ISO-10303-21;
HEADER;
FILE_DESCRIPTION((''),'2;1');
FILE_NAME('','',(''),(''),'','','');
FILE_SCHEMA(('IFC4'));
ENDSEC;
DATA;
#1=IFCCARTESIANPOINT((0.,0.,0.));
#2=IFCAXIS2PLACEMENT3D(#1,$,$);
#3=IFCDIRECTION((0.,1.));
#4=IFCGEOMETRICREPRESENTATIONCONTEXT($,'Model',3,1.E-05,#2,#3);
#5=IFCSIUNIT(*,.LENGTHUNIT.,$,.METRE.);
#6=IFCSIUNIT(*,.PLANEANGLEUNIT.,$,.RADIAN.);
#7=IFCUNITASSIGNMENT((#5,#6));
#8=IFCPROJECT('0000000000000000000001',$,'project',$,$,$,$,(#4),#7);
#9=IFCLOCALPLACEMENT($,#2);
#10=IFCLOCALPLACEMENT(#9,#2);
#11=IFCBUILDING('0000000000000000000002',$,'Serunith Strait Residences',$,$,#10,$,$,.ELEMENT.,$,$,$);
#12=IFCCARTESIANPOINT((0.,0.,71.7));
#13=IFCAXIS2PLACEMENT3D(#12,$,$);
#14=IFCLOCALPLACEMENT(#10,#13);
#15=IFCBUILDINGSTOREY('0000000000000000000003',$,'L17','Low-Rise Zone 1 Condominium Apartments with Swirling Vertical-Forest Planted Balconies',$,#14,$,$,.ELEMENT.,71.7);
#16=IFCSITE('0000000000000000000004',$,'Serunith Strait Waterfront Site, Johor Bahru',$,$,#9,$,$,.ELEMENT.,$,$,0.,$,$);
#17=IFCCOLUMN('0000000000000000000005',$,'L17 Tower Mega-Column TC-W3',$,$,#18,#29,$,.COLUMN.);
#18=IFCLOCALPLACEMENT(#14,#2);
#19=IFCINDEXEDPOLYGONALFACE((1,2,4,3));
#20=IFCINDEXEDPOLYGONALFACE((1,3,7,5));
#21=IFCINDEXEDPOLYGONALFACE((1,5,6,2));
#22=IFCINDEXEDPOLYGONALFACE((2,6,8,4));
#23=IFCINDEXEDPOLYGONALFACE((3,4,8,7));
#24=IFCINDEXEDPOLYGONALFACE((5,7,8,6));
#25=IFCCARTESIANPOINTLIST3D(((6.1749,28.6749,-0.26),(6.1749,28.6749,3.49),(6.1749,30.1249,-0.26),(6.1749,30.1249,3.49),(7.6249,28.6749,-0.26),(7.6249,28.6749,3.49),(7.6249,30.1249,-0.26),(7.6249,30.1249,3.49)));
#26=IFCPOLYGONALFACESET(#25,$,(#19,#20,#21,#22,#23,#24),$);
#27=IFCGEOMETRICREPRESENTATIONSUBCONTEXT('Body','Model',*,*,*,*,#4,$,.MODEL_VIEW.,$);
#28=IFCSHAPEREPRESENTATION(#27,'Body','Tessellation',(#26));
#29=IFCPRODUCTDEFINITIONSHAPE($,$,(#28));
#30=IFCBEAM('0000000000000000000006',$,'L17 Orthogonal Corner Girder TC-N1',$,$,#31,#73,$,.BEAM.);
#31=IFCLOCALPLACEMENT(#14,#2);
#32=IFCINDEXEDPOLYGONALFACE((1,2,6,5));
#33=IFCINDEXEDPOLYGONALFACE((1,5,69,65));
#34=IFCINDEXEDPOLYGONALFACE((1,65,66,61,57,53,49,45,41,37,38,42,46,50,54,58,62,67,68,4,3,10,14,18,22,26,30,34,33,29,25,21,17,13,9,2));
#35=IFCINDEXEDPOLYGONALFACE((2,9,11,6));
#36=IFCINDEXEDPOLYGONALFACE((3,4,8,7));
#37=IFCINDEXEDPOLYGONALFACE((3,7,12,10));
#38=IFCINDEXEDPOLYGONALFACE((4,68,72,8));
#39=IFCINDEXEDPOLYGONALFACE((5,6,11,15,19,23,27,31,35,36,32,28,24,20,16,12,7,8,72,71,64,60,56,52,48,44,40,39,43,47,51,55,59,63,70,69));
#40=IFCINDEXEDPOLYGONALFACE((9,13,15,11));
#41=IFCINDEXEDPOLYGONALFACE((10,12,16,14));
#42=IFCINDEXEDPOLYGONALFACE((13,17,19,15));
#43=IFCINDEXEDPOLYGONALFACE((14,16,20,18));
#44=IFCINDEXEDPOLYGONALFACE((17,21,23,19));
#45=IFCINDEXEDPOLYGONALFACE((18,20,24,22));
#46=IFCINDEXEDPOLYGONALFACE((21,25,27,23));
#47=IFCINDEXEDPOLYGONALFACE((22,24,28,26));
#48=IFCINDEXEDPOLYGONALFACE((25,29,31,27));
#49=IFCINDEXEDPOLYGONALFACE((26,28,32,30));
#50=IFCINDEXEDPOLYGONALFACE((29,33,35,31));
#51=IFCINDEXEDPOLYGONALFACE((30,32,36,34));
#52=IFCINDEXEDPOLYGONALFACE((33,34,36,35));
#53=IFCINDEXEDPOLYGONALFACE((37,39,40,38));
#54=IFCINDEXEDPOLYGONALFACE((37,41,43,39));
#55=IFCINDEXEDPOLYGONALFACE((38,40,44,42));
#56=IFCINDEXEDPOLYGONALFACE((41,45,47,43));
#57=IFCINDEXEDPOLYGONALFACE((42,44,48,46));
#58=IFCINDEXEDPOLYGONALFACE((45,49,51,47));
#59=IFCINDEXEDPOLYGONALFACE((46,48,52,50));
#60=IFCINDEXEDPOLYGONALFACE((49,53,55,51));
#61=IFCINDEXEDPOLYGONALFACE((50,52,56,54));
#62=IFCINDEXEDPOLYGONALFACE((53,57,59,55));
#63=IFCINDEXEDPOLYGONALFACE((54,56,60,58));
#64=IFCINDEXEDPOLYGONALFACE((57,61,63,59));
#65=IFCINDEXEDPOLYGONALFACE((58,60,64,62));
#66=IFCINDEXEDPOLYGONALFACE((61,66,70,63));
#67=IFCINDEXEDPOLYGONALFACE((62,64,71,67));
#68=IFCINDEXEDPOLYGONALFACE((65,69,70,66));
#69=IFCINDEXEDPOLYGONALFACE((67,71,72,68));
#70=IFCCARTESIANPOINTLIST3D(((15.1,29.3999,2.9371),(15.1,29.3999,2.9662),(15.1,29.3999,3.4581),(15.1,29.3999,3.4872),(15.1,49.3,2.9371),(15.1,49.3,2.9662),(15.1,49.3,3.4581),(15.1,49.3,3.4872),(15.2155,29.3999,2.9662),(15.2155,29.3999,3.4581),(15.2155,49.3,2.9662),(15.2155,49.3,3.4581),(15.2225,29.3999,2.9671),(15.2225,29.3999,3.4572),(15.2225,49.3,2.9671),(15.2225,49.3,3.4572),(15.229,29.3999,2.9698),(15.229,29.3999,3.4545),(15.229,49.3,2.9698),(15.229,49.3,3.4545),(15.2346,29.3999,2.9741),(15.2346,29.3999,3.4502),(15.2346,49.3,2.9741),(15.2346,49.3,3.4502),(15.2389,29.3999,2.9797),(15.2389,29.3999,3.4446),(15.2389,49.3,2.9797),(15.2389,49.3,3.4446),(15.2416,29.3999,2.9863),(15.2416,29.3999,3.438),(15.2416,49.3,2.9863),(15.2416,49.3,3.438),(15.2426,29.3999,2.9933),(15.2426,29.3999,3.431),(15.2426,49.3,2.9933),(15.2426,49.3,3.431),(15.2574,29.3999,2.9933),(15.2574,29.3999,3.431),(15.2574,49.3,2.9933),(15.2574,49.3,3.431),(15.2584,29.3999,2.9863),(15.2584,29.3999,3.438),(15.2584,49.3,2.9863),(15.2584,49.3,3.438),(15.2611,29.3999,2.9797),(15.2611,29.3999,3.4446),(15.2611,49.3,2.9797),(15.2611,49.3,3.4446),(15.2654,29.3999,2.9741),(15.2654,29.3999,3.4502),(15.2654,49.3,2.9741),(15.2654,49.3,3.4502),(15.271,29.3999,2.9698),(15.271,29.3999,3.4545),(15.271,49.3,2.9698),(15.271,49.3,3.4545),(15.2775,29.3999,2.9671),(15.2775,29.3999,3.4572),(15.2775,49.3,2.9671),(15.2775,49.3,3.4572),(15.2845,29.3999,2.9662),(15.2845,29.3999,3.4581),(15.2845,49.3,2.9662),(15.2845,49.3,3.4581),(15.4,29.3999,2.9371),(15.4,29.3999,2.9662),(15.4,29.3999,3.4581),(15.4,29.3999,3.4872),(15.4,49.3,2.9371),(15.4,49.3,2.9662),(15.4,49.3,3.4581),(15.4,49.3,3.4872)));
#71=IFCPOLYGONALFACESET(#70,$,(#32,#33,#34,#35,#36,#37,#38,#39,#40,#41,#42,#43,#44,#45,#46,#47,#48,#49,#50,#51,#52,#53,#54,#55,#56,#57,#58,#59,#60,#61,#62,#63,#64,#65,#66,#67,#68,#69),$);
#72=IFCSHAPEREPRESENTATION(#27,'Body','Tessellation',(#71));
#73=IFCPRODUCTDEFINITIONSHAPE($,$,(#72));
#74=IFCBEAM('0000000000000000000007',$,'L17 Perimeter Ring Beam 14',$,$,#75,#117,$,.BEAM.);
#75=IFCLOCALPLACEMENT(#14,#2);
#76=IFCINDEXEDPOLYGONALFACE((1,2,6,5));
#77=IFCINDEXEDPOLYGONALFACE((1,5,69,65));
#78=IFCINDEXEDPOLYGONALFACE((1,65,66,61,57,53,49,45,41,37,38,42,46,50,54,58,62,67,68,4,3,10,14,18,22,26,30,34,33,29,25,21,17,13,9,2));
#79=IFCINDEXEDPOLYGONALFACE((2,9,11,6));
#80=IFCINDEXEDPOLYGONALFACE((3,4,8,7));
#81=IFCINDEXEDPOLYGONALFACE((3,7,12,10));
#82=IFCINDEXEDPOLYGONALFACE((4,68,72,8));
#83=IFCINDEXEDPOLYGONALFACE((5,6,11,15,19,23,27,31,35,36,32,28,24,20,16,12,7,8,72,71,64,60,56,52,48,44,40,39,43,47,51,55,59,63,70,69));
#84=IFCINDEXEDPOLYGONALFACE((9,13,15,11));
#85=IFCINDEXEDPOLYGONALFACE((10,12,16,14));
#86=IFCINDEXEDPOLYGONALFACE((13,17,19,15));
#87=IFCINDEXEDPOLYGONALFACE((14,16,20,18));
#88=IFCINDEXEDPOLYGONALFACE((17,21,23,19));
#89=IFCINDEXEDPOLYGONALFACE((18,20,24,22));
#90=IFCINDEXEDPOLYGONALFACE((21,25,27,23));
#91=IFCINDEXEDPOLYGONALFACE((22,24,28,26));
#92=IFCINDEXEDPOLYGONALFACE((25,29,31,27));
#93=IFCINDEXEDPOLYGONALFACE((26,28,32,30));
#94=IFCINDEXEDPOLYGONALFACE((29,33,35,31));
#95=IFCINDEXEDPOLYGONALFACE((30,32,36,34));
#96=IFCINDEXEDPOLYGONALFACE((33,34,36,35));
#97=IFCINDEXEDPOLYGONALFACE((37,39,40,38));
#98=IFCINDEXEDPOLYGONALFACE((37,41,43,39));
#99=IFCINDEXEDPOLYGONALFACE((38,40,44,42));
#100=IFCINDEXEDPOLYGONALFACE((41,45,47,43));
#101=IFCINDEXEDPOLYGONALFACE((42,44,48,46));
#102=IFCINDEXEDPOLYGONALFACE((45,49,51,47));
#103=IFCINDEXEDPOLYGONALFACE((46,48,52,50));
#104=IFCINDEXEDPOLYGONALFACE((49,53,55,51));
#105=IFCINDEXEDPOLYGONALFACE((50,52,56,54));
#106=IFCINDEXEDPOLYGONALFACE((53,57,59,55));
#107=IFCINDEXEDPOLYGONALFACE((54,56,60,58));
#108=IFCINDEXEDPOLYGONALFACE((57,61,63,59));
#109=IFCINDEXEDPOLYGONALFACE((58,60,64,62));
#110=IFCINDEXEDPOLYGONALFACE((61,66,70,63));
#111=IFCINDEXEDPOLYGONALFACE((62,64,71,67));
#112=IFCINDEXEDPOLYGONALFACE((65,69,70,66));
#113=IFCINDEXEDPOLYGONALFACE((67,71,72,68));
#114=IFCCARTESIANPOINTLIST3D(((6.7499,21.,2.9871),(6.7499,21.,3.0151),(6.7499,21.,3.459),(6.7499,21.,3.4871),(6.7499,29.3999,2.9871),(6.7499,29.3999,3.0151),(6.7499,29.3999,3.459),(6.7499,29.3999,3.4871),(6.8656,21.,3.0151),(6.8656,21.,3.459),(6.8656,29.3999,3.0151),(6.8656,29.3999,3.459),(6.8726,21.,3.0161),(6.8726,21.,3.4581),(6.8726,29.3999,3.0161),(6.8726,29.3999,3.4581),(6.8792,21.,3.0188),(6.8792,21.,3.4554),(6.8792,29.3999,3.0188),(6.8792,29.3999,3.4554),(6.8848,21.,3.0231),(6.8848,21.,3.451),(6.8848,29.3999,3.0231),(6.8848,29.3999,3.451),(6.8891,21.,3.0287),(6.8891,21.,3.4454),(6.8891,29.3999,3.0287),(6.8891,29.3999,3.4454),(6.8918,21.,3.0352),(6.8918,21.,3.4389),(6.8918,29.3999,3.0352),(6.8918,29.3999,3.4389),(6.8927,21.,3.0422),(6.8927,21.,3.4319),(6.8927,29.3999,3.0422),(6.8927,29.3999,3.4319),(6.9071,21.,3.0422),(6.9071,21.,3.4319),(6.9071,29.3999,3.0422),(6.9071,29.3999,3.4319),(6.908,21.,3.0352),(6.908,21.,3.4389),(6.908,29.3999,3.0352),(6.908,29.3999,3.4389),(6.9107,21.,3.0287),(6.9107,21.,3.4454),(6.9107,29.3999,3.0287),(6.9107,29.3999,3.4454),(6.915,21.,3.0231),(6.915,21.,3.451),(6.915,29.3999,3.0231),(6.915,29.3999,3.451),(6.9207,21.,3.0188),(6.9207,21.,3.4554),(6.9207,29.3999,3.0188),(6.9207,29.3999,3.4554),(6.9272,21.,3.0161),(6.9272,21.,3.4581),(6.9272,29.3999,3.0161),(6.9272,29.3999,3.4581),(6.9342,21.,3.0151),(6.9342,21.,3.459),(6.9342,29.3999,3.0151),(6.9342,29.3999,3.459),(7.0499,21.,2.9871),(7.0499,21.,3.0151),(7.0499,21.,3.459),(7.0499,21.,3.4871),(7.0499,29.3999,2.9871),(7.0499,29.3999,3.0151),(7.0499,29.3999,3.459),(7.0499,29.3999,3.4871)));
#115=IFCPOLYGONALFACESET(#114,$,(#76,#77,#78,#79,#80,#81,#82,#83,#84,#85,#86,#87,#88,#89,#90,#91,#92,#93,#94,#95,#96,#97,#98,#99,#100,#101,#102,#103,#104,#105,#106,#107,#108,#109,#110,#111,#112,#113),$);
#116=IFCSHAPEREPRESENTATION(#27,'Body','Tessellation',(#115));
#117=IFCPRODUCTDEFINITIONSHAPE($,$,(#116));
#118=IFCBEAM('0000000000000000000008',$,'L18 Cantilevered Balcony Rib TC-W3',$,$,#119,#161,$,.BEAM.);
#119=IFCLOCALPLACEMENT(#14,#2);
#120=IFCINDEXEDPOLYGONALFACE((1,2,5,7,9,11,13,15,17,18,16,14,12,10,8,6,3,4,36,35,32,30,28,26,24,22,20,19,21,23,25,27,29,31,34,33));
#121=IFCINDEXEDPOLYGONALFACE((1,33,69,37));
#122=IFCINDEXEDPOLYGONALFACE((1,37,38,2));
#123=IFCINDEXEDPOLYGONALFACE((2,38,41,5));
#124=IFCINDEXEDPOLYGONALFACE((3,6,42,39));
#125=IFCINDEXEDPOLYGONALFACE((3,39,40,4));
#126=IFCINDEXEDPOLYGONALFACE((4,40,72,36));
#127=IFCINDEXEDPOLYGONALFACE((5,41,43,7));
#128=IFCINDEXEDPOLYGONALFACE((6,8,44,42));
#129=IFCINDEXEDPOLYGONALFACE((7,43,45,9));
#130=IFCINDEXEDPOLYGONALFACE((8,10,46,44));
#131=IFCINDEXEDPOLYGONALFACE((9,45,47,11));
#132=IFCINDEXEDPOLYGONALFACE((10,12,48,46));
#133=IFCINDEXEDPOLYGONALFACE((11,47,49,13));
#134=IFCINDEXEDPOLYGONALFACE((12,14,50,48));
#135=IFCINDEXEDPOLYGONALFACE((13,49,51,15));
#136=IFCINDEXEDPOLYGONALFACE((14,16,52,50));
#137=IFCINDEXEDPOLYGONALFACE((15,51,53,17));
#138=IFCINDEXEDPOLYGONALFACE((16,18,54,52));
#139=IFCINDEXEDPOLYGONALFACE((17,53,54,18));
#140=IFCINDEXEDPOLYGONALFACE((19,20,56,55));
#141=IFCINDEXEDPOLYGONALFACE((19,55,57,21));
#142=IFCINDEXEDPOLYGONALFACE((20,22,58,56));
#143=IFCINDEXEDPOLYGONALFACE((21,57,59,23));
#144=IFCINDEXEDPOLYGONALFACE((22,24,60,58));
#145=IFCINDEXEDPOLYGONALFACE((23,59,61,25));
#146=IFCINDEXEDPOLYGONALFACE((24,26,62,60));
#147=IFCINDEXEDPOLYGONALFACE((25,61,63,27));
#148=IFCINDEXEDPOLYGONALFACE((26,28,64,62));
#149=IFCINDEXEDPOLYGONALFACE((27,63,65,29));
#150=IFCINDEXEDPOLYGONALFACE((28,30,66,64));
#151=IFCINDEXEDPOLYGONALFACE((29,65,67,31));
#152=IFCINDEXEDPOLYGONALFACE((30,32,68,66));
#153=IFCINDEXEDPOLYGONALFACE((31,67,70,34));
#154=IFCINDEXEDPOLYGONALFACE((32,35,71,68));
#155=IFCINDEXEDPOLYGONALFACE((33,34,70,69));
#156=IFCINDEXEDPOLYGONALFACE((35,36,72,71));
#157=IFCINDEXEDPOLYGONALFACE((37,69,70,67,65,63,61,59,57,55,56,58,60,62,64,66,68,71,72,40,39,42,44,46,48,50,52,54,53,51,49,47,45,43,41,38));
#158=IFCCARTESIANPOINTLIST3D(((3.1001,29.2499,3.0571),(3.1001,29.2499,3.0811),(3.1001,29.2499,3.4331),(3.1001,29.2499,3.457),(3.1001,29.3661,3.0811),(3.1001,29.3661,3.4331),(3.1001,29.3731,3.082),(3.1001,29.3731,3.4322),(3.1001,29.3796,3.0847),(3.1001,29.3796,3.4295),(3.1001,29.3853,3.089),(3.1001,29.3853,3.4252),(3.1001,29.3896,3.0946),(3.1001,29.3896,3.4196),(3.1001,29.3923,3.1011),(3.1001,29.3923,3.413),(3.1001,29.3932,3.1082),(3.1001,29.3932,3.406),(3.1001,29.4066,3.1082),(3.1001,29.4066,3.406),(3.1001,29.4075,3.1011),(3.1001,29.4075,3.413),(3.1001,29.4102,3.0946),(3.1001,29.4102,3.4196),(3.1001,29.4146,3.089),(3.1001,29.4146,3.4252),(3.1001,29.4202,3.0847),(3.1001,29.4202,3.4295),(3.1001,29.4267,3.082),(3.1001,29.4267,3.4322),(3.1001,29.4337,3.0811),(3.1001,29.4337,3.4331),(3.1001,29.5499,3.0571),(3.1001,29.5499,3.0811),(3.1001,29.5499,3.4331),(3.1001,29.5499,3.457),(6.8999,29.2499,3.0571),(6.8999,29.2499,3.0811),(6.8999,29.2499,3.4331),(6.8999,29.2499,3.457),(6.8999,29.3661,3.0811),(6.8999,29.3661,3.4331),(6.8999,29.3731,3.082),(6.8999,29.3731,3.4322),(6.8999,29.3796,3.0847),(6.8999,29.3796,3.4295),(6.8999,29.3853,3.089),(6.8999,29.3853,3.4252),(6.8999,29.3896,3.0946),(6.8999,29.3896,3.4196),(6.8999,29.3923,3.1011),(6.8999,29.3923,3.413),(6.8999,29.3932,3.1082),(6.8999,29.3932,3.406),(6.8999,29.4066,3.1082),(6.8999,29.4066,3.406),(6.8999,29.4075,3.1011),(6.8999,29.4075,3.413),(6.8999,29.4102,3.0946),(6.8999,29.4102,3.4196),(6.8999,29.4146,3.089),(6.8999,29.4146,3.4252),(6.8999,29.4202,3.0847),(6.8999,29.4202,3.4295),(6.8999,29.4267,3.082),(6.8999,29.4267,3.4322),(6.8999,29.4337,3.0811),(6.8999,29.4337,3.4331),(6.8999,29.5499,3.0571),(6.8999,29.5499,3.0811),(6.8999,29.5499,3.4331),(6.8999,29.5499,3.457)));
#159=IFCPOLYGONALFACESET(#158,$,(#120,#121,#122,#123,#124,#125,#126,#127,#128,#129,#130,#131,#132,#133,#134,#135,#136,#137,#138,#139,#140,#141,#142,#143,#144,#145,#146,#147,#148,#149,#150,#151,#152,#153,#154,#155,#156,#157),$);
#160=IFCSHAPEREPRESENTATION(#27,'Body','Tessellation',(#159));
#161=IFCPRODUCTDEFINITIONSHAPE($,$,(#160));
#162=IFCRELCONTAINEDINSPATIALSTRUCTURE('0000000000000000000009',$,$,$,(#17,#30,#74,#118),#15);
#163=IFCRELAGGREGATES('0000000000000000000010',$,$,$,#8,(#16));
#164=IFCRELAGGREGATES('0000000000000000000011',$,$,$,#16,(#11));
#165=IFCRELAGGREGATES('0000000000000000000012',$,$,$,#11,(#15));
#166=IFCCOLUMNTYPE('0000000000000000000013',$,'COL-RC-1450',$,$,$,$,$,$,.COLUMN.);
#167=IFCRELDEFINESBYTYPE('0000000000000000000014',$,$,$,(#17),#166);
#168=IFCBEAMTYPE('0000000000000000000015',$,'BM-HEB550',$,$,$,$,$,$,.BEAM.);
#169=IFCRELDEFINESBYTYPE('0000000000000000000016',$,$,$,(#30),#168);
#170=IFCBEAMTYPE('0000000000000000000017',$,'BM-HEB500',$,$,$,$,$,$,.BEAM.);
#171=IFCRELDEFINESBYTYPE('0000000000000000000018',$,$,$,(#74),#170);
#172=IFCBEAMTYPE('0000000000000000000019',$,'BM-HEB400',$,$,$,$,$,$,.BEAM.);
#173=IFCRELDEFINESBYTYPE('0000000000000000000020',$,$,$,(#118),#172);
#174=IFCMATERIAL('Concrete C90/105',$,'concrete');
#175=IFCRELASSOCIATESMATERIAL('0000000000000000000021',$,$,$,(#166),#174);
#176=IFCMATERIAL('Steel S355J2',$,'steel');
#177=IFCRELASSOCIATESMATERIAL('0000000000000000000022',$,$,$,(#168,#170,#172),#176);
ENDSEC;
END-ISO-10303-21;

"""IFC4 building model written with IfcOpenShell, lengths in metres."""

from ifc_helpers import new_model, si_unit, direction, frame, origin, origin_2d, place, context, subcontext, project, spatial, rectangle, i_section, extrude, source, transform, mapped, material, material_profile, profile_set, type_object, element, save


model = new_model("IFC4")

# Units and contexts
model_context = context("Model", 3, precision=1e-05, world=origin(), true_north=direction((0.0, 1.0)))
body_context = subcontext(model_context, "Body", "Model", "MODEL_VIEW")
ifc_project = project(units=[si_unit("LENGTHUNIT", "METRE"), si_unit("PLANEANGLEUNIT", "RADIAN")], contexts=[model_context])

# Site, building, storey
site_placement = place(None, origin())
site = spatial("IfcSite", under=ifc_project, at=site_placement, Name="Serunith Strait Waterfront Site, Johor Bahru", CompositionType="ELEMENT", RefElevation=0.0)
building_placement = place(site_placement, origin())
building = spatial("IfcBuilding", under=site, at=building_placement, Name="Serunith Strait Residences", CompositionType="ELEMENT")
storey_placement = place(building_placement, frame((0.0, 0.0, 71.7)))
storey = spatial("IfcBuildingStorey", under=building, at=storey_placement, Name="L17", Description="Low-Rise Zone 1 Condominium Apartments with Swirling Vertical-Forest Planted Balconies", CompositionType="ELEMENT", Elevation=71.7)

# Column
ifc_material_1 = material(Name="Concrete C90/105", Category="concrete")
ifc_material_profile_1 = material_profile(ifc_material_1, rectangle(XDim=1.45, YDim=1.45, at=origin_2d()), Name="RC 1450x1450")
ifc_profile_set_1 = profile_set([ifc_material_profile_1], Name="Concrete C90/105")
column_type = type_object("IfcColumnType", Name="COL-RC-1450", PredefinedType="COLUMN", material=ifc_profile_set_1)
shared_shape_1 = source(origin(), body_context, "Body", "SweptSolid", [
    extrude(rectangle(XDim=1.45, YDim=1.45, at=origin_2d()), origin(), (0.0, 0.0, 1.0), 3.75),
])
column_placement = place(storey_placement, frame((6.8999, 29.3999, -0.26), z_axis=(0.0, 0.0, 1.0), x_axis=(1.0, 0.0, 0.0)))
element("IfcColumn", 1, at=column_placement, inside=storey, type_object=column_type, Name="L17 Tower Mega-Column TC-W3", PredefinedType="COLUMN", context=body_context, shape_type="MappedRepresentation", body=[
    mapped(shared_shape_1, transform((0.0, 0.0, 0.0), scale=1.0)),
])

# Beams
ifc_material_2 = material(Name="Steel S355J2", Category="steel")
ifc_material_profile_2 = material_profile(ifc_material_2, i_section(OverallWidth=0.3, OverallDepth=0.55, WebThickness=0.0149, FlangeThickness=0.0291, FilletRadius=0.0271, at=origin_2d()), Name="HEB 550")
ifc_profile_set_2 = profile_set([ifc_material_profile_2], Name="Steel S355J2")
beam_type_1 = type_object("IfcBeamType", Name="BM-HEB550", PredefinedType="BEAM", material=ifc_profile_set_2)
shared_shape_2 = source(origin(), body_context, "Body", "SweptSolid", [
    extrude(i_section(OverallWidth=0.3, OverallDepth=0.55, WebThickness=0.0149, FlangeThickness=0.0291, FilletRadius=0.0271, at=origin_2d()), origin(), (0.0, 0.0, 1.0), 19.9001),
])
beam_1_placement = place(storey_placement, frame((15.25, 29.3999, 3.2122), z_axis=(0.0, 1.0, 0.0), x_axis=(-1.0, 0.0, 0.0)))
element("IfcBeam", 2, at=beam_1_placement, inside=storey, type_object=beam_type_1, Name="L17 Orthogonal Corner Girder TC-N1", PredefinedType="BEAM", context=body_context, shape_type="MappedRepresentation", body=[
    mapped(shared_shape_2, transform((0.0, 0.0, 0.0), scale=1.0)),
])
ifc_material_profile_3 = material_profile(ifc_material_2, i_section(OverallWidth=0.3, OverallDepth=0.5, WebThickness=0.0144, FlangeThickness=0.0281, FilletRadius=0.0271, at=origin_2d()), Name="HEB 500")
ifc_profile_set_3 = profile_set([ifc_material_profile_3], Name="Steel S355J2")
beam_type_2 = type_object("IfcBeamType", Name="BM-HEB500", PredefinedType="BEAM", material=ifc_profile_set_3)
shared_shape_3 = source(origin(), body_context, "Body", "SweptSolid", [
    extrude(i_section(OverallWidth=0.3, OverallDepth=0.5, WebThickness=0.0144, FlangeThickness=0.0281, FilletRadius=0.0271, at=origin_2d()), origin(), (0.0, 0.0, 1.0), 8.3999),
])
beam_2_placement = place(storey_placement, frame((6.8999, 29.3999, 3.2371), z_axis=(0.0, -1.0, 0.0), x_axis=(1.0, 0.0, 0.0)))
element("IfcBeam", 3, at=beam_2_placement, inside=storey, type_object=beam_type_2, Name="L17 Perimeter Ring Beam 14", PredefinedType="BEAM", context=body_context, shape_type="MappedRepresentation", body=[
    mapped(shared_shape_3, transform((0.0, 0.0, 0.0), scale=1.0)),
])
ifc_material_profile_4 = material_profile(ifc_material_2, i_section(OverallWidth=0.3, OverallDepth=0.3999, WebThickness=0.0134, FlangeThickness=0.0239, FilletRadius=0.0271, at=origin_2d()), Name="HEB 400")
ifc_profile_set_4 = profile_set([ifc_material_profile_4], Name="Steel S355J2")
beam_type_3 = type_object("IfcBeamType", Name="BM-HEB400", PredefinedType="BEAM", material=ifc_profile_set_4)
shared_shape_4 = source(origin(), body_context, "Body", "SweptSolid", [
    extrude(i_section(OverallWidth=0.3, OverallDepth=0.3999, WebThickness=0.0134, FlangeThickness=0.0239, FilletRadius=0.0271, at=origin_2d()), origin(), (0.0, 0.0, 1.0), 3.7998),
])
beam_3_placement = place(storey_placement, frame((6.8999, 29.3999, 3.2571), z_axis=(-1.0, 0.0, 0.0), x_axis=(0.0, -1.0, 0.0)))
element("IfcBeam", 4, at=beam_3_placement, inside=storey, type_object=beam_type_3, Name="L18 Cantilevered Balcony Rib TC-W3", PredefinedType="BEAM", context=body_context, shape_type="MappedRepresentation", body=[
    mapped(shared_shape_4, transform((0.0, 0.0, 0.0), scale=1.0)),
])

save(model, "model.ifc")
